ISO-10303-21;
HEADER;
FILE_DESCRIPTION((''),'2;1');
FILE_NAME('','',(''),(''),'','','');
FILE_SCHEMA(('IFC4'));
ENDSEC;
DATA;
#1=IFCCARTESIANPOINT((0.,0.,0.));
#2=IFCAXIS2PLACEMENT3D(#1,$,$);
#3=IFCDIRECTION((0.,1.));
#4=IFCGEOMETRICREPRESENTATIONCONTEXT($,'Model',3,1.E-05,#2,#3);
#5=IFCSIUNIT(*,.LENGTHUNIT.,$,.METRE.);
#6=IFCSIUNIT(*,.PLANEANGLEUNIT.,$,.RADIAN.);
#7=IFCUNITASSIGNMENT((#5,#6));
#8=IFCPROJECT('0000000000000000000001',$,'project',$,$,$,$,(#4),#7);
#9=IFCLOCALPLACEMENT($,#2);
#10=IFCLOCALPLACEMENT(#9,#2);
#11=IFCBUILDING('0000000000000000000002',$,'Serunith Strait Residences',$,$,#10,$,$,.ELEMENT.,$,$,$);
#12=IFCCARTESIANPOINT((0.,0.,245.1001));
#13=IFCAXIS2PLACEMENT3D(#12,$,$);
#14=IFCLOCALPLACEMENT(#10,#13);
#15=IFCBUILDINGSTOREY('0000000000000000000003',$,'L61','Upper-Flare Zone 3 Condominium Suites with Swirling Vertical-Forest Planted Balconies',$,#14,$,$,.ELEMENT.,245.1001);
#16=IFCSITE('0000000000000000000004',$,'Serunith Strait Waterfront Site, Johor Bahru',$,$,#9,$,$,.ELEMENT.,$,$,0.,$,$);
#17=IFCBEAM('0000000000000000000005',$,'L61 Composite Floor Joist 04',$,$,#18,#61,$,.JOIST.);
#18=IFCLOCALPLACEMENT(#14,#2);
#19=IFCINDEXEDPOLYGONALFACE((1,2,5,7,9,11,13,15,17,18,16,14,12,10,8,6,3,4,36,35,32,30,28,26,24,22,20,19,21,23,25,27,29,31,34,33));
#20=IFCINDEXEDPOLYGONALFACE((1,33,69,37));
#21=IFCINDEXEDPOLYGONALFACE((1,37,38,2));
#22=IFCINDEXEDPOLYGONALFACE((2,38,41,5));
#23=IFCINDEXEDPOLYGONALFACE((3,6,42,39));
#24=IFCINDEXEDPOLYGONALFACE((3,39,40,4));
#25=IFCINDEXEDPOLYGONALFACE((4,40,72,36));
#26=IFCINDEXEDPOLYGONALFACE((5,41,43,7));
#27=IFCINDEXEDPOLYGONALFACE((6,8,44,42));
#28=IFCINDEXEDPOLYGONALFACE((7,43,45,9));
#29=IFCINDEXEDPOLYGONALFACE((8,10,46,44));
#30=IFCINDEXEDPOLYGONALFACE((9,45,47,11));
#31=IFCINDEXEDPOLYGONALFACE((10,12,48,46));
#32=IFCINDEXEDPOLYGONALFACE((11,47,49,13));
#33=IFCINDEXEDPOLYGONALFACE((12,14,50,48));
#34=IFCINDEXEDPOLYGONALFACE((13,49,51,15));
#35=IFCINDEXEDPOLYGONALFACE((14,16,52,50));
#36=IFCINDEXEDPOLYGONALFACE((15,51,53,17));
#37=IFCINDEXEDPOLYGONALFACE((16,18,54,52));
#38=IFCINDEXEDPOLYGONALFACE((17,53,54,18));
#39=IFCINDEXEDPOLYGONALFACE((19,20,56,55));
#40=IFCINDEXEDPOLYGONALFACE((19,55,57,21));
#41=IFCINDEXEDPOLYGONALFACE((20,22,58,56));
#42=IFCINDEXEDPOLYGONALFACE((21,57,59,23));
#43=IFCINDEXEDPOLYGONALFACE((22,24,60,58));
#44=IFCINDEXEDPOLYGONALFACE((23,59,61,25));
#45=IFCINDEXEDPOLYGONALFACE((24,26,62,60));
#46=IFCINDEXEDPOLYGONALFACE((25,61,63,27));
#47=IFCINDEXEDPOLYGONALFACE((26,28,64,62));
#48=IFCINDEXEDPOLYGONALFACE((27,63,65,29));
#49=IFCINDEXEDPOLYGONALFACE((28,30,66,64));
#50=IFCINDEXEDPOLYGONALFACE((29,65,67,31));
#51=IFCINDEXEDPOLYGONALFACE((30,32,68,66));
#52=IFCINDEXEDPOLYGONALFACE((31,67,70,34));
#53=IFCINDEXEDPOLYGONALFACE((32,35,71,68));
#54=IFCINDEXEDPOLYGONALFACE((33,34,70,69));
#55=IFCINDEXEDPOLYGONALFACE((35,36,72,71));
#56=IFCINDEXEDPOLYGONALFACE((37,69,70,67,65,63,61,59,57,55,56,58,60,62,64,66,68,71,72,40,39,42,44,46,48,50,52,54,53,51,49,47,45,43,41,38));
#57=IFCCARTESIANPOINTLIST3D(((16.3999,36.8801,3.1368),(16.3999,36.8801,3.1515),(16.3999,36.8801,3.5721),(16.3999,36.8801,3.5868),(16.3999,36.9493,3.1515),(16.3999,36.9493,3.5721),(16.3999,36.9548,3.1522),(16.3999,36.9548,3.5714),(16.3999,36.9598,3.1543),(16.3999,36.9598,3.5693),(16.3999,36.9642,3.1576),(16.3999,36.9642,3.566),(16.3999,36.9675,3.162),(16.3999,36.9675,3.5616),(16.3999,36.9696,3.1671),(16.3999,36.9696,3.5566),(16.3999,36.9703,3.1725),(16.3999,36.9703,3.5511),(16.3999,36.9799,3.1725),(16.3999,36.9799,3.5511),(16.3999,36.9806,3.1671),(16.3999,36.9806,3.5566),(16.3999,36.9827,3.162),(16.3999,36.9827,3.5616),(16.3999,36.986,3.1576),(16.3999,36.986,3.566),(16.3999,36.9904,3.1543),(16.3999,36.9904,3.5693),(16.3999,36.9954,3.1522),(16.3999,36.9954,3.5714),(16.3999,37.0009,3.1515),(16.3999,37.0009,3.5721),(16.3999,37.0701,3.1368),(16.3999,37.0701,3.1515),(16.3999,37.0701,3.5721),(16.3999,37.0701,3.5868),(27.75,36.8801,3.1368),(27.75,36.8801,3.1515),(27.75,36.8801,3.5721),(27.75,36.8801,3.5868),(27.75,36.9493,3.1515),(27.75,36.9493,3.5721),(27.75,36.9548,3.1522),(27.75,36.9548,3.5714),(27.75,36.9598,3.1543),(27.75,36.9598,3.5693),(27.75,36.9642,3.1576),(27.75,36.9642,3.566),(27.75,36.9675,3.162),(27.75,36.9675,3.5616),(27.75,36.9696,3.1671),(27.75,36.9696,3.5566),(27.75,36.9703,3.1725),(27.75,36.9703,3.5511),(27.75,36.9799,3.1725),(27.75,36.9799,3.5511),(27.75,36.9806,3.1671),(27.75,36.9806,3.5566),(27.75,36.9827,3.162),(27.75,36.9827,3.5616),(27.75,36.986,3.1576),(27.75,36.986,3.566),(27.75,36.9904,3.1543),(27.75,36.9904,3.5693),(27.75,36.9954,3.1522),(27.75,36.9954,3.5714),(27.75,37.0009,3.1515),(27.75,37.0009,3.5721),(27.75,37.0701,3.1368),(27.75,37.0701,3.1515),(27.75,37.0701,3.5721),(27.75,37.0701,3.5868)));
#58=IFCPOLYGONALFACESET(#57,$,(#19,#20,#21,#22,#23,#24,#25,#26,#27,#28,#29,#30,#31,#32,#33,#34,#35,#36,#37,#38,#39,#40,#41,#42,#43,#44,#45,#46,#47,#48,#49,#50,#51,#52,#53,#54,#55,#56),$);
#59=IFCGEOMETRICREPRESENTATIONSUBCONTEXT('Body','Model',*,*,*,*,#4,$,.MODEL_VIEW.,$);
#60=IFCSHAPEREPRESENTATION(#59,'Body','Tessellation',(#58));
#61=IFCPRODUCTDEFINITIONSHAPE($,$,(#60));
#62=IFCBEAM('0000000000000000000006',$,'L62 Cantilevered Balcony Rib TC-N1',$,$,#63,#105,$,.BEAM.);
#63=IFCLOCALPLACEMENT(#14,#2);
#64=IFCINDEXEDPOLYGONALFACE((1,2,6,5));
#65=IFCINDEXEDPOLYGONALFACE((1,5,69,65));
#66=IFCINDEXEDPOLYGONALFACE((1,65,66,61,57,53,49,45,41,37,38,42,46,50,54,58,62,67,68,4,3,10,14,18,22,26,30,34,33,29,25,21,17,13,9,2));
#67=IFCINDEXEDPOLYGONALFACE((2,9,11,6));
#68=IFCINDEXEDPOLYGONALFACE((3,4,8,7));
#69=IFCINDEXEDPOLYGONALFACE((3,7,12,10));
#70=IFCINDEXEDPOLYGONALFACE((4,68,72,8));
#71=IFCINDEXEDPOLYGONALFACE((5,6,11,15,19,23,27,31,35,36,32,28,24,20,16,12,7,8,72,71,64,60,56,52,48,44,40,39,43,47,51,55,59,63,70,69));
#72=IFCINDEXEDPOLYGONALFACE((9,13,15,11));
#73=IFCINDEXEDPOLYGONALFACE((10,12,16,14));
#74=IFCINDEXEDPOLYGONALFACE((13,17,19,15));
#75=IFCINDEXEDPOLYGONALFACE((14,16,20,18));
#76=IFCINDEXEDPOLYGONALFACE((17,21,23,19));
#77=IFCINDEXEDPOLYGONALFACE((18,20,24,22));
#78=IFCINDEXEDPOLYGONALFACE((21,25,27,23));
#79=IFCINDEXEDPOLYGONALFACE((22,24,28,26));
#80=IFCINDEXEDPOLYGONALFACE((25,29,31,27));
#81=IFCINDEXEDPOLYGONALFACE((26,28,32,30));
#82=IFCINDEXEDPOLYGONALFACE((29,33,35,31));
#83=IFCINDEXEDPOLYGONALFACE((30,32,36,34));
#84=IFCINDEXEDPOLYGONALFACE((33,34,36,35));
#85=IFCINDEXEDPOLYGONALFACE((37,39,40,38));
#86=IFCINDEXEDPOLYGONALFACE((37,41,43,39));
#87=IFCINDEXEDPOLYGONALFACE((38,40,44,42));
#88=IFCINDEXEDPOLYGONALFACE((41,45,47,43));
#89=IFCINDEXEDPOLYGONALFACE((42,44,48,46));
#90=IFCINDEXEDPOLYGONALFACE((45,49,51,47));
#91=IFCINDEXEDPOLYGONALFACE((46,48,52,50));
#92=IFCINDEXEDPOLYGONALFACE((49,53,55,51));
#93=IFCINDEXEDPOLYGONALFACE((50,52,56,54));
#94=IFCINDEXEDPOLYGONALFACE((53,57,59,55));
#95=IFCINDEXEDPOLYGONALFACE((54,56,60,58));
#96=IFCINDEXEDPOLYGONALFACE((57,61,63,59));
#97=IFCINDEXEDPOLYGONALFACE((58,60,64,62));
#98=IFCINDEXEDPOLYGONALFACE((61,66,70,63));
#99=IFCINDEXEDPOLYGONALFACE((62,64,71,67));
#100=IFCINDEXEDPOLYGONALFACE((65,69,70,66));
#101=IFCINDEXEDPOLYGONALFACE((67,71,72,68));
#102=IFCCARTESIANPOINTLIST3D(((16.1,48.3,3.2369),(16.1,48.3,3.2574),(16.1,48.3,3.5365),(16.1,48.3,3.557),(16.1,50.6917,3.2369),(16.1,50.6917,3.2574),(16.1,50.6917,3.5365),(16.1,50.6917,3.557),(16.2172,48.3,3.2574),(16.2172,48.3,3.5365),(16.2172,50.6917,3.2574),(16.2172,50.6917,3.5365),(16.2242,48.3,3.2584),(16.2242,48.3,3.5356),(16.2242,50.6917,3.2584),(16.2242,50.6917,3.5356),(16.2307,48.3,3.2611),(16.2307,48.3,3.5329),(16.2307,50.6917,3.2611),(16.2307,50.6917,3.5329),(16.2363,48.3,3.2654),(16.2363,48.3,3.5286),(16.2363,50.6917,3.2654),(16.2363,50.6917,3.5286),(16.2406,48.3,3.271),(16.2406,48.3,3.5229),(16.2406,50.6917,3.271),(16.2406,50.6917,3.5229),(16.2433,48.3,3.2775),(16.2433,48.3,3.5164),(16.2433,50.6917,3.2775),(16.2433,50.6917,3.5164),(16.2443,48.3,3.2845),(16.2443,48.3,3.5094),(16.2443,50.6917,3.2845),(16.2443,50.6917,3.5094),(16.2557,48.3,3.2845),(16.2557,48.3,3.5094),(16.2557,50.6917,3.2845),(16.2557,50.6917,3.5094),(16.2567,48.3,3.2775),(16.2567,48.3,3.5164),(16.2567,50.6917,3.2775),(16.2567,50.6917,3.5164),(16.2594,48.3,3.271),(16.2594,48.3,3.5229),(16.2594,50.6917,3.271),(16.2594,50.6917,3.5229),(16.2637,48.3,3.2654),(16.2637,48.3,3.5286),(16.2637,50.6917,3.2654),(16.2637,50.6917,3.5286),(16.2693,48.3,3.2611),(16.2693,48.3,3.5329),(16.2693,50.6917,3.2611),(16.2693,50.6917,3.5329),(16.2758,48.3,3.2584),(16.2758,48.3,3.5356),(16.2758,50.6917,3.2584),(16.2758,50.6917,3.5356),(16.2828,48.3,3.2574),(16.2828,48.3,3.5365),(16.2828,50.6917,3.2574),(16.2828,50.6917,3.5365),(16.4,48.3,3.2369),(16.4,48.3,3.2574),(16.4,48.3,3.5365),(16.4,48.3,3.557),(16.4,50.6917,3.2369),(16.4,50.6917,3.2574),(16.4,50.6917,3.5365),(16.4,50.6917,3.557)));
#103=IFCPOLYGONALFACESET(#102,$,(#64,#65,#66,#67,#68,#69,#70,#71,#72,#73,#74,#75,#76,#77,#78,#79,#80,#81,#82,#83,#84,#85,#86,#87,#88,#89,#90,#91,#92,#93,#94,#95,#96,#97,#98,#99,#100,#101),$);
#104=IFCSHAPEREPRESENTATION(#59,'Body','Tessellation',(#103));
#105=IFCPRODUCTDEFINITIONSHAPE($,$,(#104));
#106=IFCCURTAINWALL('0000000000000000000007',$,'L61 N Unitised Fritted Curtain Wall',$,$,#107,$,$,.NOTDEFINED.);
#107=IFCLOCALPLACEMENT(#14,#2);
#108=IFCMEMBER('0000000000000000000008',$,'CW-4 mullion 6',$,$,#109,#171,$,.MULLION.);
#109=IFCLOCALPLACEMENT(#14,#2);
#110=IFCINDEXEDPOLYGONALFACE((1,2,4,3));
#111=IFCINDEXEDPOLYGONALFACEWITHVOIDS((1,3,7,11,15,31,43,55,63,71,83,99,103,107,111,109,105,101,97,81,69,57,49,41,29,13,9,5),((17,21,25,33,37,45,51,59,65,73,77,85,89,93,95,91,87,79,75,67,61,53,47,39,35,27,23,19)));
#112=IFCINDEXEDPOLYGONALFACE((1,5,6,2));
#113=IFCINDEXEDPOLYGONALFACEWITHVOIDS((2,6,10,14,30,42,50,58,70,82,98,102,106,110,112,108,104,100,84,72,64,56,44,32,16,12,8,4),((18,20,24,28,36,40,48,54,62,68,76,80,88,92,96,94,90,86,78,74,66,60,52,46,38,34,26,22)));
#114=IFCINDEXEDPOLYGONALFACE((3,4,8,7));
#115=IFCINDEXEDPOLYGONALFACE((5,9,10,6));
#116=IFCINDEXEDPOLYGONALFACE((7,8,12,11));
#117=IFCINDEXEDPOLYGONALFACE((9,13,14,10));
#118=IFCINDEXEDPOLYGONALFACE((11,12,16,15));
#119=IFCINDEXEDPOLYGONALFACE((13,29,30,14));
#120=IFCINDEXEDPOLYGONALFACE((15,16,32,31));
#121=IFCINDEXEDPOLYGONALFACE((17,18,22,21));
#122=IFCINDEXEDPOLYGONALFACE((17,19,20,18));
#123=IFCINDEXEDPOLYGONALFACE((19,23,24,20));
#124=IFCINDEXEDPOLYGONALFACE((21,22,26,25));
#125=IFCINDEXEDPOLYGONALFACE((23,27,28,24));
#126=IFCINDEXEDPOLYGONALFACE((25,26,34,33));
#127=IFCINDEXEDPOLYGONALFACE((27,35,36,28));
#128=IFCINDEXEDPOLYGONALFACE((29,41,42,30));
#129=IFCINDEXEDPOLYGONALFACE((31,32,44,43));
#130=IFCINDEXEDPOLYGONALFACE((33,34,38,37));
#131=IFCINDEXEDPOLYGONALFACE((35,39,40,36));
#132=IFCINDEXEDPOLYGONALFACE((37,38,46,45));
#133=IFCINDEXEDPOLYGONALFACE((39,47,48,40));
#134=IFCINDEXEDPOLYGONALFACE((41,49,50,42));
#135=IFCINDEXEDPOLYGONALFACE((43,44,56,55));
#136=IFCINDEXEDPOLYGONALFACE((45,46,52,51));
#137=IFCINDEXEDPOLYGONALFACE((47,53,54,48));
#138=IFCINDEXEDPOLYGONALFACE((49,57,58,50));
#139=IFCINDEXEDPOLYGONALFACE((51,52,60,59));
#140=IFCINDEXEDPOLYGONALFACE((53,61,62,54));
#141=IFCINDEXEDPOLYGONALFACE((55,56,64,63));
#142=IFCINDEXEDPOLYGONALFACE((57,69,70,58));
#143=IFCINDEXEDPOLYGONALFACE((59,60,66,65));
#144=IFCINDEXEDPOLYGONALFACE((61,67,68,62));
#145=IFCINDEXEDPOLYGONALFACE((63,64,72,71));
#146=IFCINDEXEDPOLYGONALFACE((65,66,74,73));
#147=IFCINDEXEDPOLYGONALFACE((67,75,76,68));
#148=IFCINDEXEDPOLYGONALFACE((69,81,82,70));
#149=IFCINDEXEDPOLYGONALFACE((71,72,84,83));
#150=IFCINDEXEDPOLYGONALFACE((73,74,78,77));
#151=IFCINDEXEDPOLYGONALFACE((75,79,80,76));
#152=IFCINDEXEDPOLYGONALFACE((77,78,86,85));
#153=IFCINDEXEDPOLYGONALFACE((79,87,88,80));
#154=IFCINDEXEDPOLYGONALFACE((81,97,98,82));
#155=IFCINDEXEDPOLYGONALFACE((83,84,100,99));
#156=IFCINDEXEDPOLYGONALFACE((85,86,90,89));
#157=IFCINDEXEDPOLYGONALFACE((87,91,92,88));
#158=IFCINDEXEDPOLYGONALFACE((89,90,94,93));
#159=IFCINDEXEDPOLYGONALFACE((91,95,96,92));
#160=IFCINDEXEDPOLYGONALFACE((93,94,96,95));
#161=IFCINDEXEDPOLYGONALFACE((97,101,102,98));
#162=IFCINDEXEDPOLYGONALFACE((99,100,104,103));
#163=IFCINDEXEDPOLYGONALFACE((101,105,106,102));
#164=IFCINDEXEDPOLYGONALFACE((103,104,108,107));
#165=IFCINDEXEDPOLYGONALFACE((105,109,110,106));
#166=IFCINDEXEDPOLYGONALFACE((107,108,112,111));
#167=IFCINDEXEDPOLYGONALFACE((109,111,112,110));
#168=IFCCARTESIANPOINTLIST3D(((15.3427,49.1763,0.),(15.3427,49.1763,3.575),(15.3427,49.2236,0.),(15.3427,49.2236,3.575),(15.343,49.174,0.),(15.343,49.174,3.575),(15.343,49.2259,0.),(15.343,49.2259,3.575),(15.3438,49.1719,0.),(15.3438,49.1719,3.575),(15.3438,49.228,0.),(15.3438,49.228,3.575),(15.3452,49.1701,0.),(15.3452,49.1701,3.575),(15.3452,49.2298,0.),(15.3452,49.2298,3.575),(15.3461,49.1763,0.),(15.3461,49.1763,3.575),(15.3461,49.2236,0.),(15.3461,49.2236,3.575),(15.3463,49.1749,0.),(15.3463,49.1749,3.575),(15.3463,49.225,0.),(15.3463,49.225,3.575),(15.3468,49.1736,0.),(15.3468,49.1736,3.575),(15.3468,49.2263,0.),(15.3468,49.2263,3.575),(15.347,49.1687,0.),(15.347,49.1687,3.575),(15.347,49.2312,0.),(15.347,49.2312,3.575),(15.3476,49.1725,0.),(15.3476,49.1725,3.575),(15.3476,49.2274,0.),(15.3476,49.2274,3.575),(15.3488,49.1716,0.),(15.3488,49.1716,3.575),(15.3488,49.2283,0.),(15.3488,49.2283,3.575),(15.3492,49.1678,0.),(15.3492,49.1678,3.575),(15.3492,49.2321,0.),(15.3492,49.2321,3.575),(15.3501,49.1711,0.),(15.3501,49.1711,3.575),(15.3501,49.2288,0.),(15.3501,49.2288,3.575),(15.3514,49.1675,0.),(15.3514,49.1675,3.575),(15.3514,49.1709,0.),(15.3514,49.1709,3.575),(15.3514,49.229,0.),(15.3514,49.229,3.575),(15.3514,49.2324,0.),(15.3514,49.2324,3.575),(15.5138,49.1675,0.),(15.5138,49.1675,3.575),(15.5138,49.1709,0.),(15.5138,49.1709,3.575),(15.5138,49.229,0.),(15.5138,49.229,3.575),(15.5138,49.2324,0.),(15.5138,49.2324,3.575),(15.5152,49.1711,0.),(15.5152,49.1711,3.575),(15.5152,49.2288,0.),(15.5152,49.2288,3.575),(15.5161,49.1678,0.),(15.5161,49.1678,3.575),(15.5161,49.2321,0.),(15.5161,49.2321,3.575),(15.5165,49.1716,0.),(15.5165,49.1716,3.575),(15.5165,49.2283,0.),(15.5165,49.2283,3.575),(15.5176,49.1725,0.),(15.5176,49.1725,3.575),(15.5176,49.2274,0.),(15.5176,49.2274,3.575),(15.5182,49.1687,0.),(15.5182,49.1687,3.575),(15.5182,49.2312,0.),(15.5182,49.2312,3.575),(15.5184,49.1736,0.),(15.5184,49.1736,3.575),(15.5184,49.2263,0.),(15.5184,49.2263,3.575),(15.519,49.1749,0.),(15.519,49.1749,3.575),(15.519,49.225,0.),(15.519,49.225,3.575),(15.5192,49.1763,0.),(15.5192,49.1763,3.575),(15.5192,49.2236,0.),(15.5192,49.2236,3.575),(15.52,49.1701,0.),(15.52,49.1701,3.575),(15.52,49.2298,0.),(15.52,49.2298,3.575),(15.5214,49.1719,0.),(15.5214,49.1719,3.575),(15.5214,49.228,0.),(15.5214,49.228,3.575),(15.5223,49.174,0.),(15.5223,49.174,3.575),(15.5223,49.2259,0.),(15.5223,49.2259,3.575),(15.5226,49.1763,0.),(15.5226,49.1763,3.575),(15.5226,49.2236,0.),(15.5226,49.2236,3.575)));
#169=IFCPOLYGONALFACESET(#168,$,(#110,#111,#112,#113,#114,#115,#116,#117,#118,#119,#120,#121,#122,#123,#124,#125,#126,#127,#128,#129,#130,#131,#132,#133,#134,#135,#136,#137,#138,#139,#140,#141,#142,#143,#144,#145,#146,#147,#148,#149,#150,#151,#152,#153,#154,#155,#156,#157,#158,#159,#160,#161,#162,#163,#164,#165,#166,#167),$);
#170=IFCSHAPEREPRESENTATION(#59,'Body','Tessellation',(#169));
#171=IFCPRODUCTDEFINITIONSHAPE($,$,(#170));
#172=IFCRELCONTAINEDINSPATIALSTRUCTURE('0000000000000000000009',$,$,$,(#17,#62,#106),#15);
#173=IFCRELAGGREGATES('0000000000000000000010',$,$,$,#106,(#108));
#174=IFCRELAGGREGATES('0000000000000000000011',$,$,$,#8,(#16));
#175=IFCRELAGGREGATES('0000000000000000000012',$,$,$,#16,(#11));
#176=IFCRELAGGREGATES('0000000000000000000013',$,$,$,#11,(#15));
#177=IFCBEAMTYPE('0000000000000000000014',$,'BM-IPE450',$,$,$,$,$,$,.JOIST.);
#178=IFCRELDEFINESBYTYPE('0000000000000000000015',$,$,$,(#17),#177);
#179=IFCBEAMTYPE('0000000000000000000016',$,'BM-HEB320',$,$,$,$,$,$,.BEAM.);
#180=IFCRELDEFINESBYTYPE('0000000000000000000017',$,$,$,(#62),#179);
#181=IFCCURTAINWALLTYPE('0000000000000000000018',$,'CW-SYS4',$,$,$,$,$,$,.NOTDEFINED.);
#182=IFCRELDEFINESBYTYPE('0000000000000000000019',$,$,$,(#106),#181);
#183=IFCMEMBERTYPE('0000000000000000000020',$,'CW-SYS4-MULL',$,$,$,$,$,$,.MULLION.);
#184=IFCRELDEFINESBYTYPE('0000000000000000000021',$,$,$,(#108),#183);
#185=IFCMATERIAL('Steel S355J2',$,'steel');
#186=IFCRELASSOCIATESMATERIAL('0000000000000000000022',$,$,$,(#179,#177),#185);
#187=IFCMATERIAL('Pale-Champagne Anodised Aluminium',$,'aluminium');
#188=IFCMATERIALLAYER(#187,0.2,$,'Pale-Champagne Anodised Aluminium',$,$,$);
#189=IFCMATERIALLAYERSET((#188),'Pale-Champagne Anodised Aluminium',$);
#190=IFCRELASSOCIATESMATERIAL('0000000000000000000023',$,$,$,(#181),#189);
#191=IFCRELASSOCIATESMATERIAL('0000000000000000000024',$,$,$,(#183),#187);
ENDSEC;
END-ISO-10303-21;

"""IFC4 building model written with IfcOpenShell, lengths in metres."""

from ifc_helpers import new_model, si_unit, direction, frame, origin, origin_2d, place, context, subcontext, project, spatial, hollow_rectangle, i_section, extrude, source, transform, mapped, material, layer, layer_set, material_profile, profile_set, type_object, element, aggregate, save


model = new_model("IFC4")

# Units and contexts
model_context = context("Model", 3, precision=1e-05, world=origin(), true_north=direction((0.0, 1.0)))
body_context = subcontext(model_context, "Body", "Model", "MODEL_VIEW")
ifc_project = project(units=[si_unit("LENGTHUNIT", "METRE"), si_unit("PLANEANGLEUNIT", "RADIAN")], contexts=[model_context])

# Site, building, storey
site_placement = place(None, origin())
site = spatial("IfcSite", under=ifc_project, at=site_placement, Name="Serunith Strait Waterfront Site, Johor Bahru", CompositionType="ELEMENT", RefElevation=0.0)
building_placement = place(site_placement, origin())
building = spatial("IfcBuilding", under=site, at=building_placement, Name="Serunith Strait Residences", CompositionType="ELEMENT")
storey_placement = place(building_placement, frame((0.0, 0.0, 245.1001)))
storey = spatial("IfcBuildingStorey", under=building, at=storey_placement, Name="L61", Description="Upper-Flare Zone 3 Condominium Suites with Swirling Vertical-Forest Planted Balconies", CompositionType="ELEMENT", Elevation=245.1001)

# Beams
ifc_material_1 = material(Name="Steel S355J2", Category="steel")
ifc_material_profile_1 = material_profile(ifc_material_1, i_section(OverallWidth=0.3, OverallDepth=0.3201, WebThickness=0.0115, FlangeThickness=0.0205, FilletRadius=0.0271, at=origin_2d()), Name="HEB 320")
ifc_profile_set_1 = profile_set([ifc_material_profile_1], Name="Steel S355J2")
beam_type_1 = type_object("IfcBeamType", Name="BM-HEB320", PredefinedType="BEAM", material=ifc_profile_set_1)
ifc_material_profile_2 = material_profile(ifc_material_1, i_section(OverallWidth=0.1899, OverallDepth=0.45, WebThickness=0.0095, FlangeThickness=0.0146, FilletRadius=0.021, at=origin_2d()), Name="IPE 450")
ifc_profile_set_2 = profile_set([ifc_material_profile_2], Name="Steel S355J2")
beam_type_2 = type_object("IfcBeamType", Name="BM-IPE450", PredefinedType="JOIST", material=ifc_profile_set_2)
shared_shape_1 = source(origin(), body_context, "Body", "SweptSolid", [
    extrude(i_section(OverallWidth=0.1899, OverallDepth=0.45, WebThickness=0.0095, FlangeThickness=0.0146, FilletRadius=0.021, at=origin_2d()), origin(), (0.0, 0.0, 1.0), 11.3501),
])
beam_1_placement = place(storey_placement, frame((16.3999, 36.9751, 3.3618), z_axis=(1.0, 0.0, 0.0), x_axis=(0.0, 1.0, 0.0)))
element("IfcBeam", 1, at=beam_1_placement, inside=storey, type_object=beam_type_2, Name="L61 Composite Floor Joist 04", PredefinedType="JOIST", context=body_context, shape_type="MappedRepresentation", body=[
    mapped(shared_shape_1, transform((0.0, 0.0, 0.0), scale=1.0)),
])
shared_shape_2 = source(origin(), body_context, "Body", "SweptSolid", [
    extrude(i_section(OverallWidth=0.3, OverallDepth=0.3201, WebThickness=0.0115, FlangeThickness=0.0205, FilletRadius=0.0271, at=origin_2d()), origin(), (0.0, 0.0, 1.0), 2.3916),
])
beam_2_placement = place(storey_placement, frame((16.25, 48.3, 3.397), z_axis=(0.0, 1.0, 0.0), x_axis=(-1.0, 0.0, 0.0)))
element("IfcBeam", 2, at=beam_2_placement, inside=storey, type_object=beam_type_1, Name="L62 Cantilevered Balcony Rib TC-N1", PredefinedType="BEAM", context=body_context, shape_type="MappedRepresentation", body=[
    mapped(shared_shape_2, transform((0.0, 0.0, 0.0), scale=1.0)),
])

# Curtain wall, member
ifc_material_2 = material(Name="Pale-Champagne Anodised Aluminium", Category="aluminium")
ifc_layer_1 = layer(ifc_material_2, 0.2, Name="Pale-Champagne Anodised Aluminium")
ifc_layer_set_1 = layer_set([ifc_layer_1], Name="Pale-Champagne Anodised Aluminium")
curtain_wall_type = type_object("IfcCurtainWallType", Name="CW-SYS4", PredefinedType="NOTDEFINED", material=ifc_layer_set_1)
curtain_wall_1_placement = place(storey_placement, origin())
curtain_wall_1 = element("IfcCurtainWall", 3, at=curtain_wall_1_placement, inside=storey, type_object=curtain_wall_type, Name="L61 N Unitised Fritted Curtain Wall", PredefinedType="NOTDEFINED")
ifc_material_profile_3 = material_profile(ifc_material_2, hollow_rectangle(XDim=0.0649, YDim=0.1799, WallThickness=0.0034, InnerFilletRadius=0.0054, OuterFilletRadius=0.0088, at=origin_2d()), Name="ALU 180x65x3.5")
ifc_profile_set_3 = profile_set([ifc_material_profile_3], Name="Pale-Champagne Anodised Aluminium")
member_type_1 = type_object("IfcMemberType", Name="CW-SYS4-MULL", PredefinedType="MULLION", material=ifc_profile_set_3)
shared_shape_3 = source(origin(), body_context, "Body", "SweptSolid", [
    extrude(hollow_rectangle(XDim=0.0649, YDim=0.1799, WallThickness=0.0034, InnerFilletRadius=0.0054, OuterFilletRadius=0.0088, at=origin_2d()), origin(), (0.0, 0.0, 1.0), 3.575),
])
member_1_placement = place(storey_placement, frame((15.4326, 49.2, 0.0), z_axis=(0.0, 0.0, 1.0), x_axis=(0.0, -1.0, 0.0)))
member_1 = element("IfcMember", 4, at=member_1_placement, type_object=member_type_1, Name="CW-4 mullion 6", PredefinedType="MULLION", context=body_context, shape_type="MappedRepresentation", body=[
    mapped(shared_shape_3, transform((0.0, 0.0, 0.0), scale=1.0)),
])
aggregate(curtain_wall_1, [member_1])

save(model, "model.ifc")
